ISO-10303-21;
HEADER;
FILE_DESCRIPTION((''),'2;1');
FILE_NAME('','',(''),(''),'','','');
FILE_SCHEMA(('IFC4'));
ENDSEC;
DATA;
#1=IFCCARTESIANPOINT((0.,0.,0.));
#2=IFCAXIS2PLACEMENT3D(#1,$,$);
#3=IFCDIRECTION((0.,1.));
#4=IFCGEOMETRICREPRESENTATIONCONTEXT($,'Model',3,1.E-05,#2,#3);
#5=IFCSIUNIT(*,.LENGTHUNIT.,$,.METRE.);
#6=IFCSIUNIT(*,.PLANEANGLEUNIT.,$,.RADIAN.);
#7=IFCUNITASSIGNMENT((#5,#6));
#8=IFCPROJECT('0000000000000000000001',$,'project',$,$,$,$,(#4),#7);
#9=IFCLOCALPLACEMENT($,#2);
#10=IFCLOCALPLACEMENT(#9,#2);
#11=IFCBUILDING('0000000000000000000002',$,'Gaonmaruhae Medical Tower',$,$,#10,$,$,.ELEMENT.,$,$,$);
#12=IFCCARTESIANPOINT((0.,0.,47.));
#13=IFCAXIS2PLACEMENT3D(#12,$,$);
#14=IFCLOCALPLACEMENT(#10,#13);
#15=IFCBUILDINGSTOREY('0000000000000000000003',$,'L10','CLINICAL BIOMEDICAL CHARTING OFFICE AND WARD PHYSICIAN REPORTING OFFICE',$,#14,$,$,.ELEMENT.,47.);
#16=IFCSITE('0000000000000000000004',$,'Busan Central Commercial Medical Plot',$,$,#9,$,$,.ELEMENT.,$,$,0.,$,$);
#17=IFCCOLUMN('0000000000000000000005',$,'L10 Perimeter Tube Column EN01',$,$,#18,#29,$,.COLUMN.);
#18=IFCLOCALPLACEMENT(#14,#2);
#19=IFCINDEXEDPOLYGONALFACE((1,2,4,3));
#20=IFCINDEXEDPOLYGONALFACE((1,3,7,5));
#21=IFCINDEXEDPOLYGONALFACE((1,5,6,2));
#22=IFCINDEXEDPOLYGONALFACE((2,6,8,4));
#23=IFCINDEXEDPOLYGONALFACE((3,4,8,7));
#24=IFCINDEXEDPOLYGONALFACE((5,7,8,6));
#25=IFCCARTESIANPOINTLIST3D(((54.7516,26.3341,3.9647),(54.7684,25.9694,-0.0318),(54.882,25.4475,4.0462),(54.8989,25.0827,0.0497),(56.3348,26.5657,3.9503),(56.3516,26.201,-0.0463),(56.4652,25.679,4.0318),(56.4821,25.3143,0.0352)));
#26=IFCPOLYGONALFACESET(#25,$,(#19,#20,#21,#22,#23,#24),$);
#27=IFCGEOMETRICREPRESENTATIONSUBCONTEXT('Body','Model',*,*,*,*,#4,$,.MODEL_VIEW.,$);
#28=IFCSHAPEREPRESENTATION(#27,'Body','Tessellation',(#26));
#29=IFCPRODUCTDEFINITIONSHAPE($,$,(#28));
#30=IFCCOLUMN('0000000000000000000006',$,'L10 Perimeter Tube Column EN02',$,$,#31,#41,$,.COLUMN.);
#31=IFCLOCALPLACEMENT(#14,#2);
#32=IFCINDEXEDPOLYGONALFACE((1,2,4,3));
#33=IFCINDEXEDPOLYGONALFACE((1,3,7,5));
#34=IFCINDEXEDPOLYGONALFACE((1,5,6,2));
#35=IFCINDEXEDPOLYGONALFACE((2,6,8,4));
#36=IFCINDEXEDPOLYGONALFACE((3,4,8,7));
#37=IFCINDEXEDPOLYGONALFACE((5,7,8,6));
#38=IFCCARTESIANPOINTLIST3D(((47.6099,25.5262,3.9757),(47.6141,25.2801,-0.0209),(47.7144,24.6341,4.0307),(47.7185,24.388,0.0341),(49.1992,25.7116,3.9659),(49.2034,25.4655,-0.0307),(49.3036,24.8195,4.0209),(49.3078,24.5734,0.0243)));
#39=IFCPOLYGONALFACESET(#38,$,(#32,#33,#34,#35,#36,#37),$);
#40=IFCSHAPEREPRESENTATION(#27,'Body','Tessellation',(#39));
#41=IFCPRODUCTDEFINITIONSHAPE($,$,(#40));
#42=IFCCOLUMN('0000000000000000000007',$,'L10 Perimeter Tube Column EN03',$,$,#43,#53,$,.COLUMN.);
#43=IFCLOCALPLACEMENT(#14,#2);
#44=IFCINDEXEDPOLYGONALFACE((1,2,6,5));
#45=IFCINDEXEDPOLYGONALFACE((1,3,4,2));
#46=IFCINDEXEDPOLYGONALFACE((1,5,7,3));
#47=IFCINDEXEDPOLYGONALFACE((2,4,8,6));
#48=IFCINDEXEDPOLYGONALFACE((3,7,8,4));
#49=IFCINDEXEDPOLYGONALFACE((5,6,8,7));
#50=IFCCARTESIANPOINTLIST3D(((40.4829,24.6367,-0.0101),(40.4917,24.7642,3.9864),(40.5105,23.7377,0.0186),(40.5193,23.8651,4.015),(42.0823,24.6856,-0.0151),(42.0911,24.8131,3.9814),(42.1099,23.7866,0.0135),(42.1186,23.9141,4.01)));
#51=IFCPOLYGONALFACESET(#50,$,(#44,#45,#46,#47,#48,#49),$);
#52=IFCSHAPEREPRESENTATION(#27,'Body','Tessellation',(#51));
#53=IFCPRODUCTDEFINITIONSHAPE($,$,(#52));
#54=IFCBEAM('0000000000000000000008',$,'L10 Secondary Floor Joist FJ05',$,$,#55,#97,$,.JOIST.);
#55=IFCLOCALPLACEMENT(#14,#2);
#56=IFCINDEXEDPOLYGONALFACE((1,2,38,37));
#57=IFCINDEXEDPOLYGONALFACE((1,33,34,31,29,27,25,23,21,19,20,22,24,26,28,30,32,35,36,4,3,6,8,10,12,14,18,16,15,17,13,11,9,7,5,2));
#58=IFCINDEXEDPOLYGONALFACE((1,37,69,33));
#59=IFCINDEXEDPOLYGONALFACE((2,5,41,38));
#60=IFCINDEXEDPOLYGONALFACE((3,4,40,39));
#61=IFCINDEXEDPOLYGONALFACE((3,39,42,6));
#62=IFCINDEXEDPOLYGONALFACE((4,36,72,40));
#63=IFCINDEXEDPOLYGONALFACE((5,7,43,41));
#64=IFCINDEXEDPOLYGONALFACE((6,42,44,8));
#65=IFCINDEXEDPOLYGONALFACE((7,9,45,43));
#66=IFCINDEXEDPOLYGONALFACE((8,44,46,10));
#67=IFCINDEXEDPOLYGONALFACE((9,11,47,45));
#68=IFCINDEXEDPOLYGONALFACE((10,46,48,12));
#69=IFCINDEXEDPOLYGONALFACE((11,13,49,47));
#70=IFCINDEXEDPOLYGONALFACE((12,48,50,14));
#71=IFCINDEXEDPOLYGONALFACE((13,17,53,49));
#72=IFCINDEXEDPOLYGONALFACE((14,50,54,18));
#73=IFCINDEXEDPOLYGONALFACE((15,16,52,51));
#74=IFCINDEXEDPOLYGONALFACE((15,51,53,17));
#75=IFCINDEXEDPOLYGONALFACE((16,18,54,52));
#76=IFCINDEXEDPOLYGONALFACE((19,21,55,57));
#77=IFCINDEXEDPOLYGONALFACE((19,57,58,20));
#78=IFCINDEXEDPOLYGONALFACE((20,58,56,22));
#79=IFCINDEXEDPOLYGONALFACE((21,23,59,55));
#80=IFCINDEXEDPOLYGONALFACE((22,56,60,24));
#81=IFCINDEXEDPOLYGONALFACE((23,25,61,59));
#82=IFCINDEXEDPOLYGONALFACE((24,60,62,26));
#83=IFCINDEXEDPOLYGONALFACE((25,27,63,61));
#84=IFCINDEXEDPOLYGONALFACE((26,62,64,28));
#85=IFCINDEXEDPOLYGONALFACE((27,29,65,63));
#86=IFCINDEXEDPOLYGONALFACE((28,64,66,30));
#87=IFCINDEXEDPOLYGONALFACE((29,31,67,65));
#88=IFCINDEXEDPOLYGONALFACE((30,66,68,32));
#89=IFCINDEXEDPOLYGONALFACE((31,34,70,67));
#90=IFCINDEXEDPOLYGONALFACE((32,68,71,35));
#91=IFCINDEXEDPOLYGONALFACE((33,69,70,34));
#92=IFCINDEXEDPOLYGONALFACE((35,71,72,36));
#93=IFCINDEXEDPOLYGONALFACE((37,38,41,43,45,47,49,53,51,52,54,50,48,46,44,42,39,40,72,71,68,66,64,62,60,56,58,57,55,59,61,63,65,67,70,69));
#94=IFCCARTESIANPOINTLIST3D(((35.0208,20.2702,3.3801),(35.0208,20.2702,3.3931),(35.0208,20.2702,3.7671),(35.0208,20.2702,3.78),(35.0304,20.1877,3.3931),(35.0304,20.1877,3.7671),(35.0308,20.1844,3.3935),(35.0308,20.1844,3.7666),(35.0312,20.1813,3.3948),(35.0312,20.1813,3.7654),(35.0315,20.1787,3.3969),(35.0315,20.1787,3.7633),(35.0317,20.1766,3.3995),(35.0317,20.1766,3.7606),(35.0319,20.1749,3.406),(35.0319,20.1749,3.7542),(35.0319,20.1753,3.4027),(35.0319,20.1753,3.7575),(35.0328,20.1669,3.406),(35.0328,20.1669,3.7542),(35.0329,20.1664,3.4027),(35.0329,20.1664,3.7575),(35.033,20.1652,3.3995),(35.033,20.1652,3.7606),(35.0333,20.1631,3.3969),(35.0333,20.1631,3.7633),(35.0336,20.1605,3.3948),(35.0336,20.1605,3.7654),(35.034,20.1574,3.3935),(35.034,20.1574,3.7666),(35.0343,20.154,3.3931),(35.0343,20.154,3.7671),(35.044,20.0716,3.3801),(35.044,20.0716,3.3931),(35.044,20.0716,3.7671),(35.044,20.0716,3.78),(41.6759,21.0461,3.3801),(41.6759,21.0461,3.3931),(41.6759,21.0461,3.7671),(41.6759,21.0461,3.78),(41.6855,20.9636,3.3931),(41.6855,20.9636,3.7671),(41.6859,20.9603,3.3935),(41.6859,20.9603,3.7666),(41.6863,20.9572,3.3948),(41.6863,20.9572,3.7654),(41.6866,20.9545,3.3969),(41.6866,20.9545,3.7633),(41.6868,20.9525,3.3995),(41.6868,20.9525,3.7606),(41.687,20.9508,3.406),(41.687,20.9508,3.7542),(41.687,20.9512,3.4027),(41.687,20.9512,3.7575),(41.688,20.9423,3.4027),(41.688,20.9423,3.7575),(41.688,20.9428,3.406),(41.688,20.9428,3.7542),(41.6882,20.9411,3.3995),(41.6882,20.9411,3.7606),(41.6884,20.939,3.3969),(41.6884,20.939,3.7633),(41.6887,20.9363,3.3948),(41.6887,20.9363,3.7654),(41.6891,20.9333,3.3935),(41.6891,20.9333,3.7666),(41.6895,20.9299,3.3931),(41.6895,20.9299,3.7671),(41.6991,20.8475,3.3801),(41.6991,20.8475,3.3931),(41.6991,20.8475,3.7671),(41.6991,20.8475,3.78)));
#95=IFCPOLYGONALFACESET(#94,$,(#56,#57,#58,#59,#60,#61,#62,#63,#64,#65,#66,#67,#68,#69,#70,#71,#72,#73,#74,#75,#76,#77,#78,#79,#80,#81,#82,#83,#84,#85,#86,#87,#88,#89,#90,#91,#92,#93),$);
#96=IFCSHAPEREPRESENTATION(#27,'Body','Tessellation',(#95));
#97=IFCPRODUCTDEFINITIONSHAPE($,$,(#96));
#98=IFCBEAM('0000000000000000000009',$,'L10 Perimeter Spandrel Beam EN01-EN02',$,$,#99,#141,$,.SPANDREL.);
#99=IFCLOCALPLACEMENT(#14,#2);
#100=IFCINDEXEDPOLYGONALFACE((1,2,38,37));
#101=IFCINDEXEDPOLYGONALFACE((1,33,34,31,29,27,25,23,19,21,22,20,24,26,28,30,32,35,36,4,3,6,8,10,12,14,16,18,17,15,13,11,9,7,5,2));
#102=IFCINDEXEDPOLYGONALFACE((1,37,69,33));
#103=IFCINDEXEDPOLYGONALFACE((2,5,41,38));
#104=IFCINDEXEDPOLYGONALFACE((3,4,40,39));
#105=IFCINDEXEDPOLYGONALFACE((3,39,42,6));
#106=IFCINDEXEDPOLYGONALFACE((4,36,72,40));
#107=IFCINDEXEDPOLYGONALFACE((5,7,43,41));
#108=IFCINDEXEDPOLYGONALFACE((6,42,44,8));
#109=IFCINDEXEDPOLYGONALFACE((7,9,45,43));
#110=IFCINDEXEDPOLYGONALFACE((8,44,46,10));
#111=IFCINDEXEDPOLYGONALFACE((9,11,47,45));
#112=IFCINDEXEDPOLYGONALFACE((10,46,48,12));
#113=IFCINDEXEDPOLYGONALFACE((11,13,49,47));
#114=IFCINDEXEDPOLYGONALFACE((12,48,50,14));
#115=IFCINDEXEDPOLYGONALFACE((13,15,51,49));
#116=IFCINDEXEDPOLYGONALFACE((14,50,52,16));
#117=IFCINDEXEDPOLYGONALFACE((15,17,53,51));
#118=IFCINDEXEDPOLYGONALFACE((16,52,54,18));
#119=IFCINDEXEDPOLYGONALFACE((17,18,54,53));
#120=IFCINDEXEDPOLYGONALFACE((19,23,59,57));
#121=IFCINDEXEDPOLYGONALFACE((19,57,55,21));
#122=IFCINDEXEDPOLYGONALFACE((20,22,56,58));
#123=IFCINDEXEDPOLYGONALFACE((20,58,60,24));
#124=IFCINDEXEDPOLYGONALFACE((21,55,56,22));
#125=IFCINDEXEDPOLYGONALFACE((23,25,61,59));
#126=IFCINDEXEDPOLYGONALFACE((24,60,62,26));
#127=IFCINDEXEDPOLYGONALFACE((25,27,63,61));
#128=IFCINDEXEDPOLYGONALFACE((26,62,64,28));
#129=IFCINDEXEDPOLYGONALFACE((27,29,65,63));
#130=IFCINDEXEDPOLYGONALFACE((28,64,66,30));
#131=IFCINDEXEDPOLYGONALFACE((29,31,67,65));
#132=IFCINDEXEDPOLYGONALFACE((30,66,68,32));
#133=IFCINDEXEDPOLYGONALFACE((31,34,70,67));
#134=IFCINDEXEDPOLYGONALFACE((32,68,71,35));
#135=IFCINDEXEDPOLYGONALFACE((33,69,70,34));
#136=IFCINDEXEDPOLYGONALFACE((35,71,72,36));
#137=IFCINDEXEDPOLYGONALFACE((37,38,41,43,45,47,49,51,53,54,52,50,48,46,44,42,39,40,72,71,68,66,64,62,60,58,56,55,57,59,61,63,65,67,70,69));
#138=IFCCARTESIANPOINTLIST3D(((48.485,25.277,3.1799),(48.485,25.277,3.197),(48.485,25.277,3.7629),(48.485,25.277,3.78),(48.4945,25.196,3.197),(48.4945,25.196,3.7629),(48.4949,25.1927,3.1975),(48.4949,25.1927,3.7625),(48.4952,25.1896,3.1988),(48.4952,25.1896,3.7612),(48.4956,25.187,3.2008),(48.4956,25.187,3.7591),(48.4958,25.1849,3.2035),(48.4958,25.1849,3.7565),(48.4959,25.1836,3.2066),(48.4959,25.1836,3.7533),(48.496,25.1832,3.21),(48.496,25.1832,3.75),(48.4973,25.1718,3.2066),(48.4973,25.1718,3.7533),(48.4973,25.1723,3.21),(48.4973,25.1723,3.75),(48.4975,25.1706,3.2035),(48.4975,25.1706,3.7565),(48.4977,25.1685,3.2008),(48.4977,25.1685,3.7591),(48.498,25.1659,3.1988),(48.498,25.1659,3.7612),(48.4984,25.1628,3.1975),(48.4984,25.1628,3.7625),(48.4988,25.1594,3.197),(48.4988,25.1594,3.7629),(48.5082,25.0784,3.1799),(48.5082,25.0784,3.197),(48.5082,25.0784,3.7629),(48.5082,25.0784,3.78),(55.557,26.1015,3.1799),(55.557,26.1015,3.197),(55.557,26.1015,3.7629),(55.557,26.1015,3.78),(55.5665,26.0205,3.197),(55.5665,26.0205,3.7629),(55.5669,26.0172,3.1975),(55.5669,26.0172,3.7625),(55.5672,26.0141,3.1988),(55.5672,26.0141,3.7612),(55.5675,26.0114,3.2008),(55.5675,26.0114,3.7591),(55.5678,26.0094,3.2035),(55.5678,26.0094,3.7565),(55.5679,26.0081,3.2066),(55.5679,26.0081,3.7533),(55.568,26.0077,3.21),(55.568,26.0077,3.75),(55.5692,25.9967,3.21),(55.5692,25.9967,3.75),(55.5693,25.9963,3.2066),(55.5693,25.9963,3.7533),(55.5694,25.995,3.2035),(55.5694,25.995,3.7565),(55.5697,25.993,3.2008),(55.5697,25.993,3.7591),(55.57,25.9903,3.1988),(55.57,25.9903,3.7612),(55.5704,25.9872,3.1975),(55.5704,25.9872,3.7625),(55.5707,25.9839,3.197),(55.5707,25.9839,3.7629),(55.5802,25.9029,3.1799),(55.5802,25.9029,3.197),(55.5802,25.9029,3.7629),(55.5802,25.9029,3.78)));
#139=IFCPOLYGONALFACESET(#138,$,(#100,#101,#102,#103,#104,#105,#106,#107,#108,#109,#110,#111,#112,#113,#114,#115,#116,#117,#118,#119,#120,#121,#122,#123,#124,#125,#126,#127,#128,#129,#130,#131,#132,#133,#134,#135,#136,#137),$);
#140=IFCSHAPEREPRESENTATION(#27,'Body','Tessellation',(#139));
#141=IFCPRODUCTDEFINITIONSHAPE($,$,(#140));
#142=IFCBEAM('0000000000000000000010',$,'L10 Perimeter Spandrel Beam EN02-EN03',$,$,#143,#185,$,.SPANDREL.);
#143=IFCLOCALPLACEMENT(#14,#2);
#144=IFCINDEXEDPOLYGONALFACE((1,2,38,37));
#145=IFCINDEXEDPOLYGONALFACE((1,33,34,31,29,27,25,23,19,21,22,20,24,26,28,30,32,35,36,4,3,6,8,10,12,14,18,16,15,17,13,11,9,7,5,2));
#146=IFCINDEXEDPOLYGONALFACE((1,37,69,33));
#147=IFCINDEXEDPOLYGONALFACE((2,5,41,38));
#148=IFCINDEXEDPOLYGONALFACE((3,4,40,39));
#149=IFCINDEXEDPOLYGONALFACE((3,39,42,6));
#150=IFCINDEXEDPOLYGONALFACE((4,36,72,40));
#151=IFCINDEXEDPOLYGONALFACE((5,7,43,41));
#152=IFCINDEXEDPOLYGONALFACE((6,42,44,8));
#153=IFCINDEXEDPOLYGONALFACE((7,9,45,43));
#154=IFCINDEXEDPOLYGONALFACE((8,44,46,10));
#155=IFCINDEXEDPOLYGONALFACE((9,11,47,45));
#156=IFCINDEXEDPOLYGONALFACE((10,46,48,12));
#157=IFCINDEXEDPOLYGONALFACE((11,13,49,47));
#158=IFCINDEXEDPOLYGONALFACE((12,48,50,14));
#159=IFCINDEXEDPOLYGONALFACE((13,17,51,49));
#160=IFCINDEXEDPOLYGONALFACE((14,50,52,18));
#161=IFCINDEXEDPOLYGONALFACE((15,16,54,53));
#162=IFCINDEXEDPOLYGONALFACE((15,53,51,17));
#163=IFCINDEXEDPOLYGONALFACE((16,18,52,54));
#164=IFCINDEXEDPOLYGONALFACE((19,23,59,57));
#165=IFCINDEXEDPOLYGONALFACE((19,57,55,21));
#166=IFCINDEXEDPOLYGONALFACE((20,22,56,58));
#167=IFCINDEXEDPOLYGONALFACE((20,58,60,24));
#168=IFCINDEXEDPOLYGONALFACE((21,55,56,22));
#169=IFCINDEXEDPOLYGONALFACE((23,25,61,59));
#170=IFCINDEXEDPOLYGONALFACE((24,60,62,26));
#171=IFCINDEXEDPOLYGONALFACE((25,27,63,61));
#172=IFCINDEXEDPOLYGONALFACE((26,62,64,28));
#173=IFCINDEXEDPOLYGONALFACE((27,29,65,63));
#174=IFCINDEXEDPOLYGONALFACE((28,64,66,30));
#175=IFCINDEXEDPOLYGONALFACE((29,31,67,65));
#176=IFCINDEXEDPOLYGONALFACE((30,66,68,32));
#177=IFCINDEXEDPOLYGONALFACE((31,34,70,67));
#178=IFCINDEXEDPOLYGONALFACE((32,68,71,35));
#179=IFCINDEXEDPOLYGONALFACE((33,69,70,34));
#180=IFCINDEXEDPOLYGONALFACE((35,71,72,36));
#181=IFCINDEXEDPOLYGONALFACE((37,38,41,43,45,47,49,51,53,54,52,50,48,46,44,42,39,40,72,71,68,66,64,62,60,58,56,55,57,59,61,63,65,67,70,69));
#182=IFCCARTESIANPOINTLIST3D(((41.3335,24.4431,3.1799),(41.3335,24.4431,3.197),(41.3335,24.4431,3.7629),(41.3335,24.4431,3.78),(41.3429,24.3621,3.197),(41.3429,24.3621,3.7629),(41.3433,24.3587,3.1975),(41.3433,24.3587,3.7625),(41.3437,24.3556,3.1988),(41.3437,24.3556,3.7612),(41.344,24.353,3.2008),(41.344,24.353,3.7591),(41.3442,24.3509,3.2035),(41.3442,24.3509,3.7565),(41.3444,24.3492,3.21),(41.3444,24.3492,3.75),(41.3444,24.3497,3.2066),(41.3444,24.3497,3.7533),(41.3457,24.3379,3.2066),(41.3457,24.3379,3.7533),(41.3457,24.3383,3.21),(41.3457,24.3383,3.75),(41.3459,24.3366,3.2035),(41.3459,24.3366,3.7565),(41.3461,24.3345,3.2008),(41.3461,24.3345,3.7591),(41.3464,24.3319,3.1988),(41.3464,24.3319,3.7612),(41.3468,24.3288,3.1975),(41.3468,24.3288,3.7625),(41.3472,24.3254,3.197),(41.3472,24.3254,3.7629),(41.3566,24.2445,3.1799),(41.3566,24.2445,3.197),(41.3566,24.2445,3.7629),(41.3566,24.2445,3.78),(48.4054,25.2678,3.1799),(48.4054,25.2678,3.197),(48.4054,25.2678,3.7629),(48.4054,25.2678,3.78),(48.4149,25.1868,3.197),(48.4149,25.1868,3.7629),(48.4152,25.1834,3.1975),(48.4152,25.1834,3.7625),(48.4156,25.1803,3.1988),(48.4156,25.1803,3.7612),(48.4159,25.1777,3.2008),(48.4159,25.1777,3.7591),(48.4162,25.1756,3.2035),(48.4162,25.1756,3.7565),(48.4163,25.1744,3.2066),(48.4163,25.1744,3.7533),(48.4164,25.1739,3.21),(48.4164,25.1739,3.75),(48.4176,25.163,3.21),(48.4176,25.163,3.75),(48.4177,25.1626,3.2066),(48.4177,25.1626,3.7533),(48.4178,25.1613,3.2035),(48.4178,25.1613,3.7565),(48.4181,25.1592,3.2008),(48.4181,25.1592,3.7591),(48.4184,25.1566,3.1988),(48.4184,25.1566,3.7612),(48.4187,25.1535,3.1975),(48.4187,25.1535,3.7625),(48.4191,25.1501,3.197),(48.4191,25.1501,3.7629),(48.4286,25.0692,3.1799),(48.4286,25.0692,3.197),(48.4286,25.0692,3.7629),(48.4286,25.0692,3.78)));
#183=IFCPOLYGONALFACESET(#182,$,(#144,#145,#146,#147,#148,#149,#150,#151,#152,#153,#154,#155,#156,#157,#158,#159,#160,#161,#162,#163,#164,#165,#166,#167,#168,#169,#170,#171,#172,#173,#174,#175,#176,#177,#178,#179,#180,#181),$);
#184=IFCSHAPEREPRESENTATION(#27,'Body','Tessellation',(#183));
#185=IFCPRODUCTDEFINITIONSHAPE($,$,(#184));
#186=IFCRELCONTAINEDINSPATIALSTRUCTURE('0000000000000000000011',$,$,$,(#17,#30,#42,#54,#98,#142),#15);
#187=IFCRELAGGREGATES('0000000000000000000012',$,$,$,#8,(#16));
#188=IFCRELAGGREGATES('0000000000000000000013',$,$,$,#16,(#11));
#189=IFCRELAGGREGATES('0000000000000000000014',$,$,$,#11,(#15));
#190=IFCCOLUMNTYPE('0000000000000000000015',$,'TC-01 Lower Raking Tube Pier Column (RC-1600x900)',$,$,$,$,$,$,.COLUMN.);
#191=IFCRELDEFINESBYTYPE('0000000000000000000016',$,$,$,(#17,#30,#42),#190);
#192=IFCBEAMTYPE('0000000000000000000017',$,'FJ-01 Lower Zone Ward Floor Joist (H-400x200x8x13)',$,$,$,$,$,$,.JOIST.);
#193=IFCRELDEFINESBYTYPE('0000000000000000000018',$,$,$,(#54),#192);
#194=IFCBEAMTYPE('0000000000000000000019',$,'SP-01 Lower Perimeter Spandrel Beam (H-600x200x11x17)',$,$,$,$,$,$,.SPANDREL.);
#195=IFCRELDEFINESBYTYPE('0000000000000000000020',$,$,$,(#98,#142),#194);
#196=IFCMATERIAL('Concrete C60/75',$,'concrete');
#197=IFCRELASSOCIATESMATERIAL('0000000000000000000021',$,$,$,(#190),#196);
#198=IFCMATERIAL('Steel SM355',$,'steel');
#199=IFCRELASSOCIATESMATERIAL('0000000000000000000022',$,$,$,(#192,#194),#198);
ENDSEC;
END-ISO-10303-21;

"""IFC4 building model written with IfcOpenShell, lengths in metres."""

from ifc_helpers import new_model, si_unit, direction, frame, origin, origin_2d, place, context, subcontext, project, spatial, rectangle, i_section, extrude, material, material_profile, profile_set, type_object, element, save


model = new_model("IFC4")

# Units and contexts
model_context = context("Model", 3, precision=1e-05, world=origin(), true_north=direction((0.0, 1.0)))
body_context = subcontext(model_context, "Body", "Model", "MODEL_VIEW")
ifc_project = project(units=[si_unit("LENGTHUNIT", "METRE"), si_unit("PLANEANGLEUNIT", "RADIAN")], contexts=[model_context])

# Site, building, storey
site_placement = place(None, origin())
site = spatial("IfcSite", under=ifc_project, at=site_placement, Name="Busan Central Commercial Medical Plot", CompositionType="ELEMENT", RefElevation=0.0)
building_placement = place(site_placement, origin())
building = spatial("IfcBuilding", under=site, at=building_placement, Name="Gaonmaruhae Medical Tower", CompositionType="ELEMENT")
storey_placement = place(building_placement, frame((0.0, 0.0, 47.0)))
storey = spatial("IfcBuildingStorey", under=building, at=storey_placement, Name="L10", Description="CLINICAL BIOMEDICAL CHARTING OFFICE AND WARD PHYSICIAN REPORTING OFFICE", CompositionType="ELEMENT", Elevation=47.0)

# Columns
ifc_material_1 = material(Name="Concrete C60/75", Category="concrete")
ifc_material_profile_1 = material_profile(ifc_material_1, rectangle(XDim=1.6001, YDim=0.8999, at=origin_2d()), Name="RC-1600x900")
ifc_profile_set_1 = profile_set([ifc_material_profile_1], Name="Concrete C60/75")
column_type = type_object("IfcColumnType", Name="TC-01 Lower Raking Tube Pier Column (RC-1600x900)", PredefinedType="COLUMN", material=ifc_profile_set_1)
column_1_placement = place(storey_placement, frame((55.6252, 25.6418, 0.0017), z_axis=(-0.004198, 0.090886, 0.995852), x_axis=(-0.989433, -0.14471, 0.009036)))
element("IfcColumn", 1, at=column_1_placement, inside=storey, type_object=column_type, Name="L10 Perimeter Tube Column EN01", PredefinedType="COLUMN", context=body_context, shape_type="SweptSolid", body=[
    extrude(rectangle(XDim=1.6001, YDim=0.8999, at=origin_2d()), origin(), (0.0, 0.0, 1.0), 4.0132),
])
column_2_placement = place(storey_placement, frame((48.4609, 24.9268, 0.0017), z_axis=(-0.001037, 0.06146, 0.998109), x_axis=(-0.993242, -0.115897, 0.006105)))
element("IfcColumn", 2, at=column_2_placement, inside=storey, type_object=column_type, Name="L10 Perimeter Tube Column EN02", PredefinedType="COLUMN", context=body_context, shape_type="SweptSolid", body=[
    extrude(rectangle(XDim=1.6001, YDim=0.8999, at=origin_2d()), origin(), (0.0, 0.0, 1.0), 4.0042),
])
column_3_placement = place(storey_placement, frame((41.2964, 24.2117, 0.0017), z_axis=(0.002198, 0.031871, 0.99949), x_axis=(-0.999528, -0.030572, 0.003173)))
element("IfcColumn", 3, at=column_3_placement, inside=storey, type_object=column_type, Name="L10 Perimeter Tube Column EN03", PredefinedType="COLUMN", context=body_context, shape_type="SweptSolid", body=[
    extrude(rectangle(XDim=1.6001, YDim=0.8999, at=origin_2d()), origin(), (0.0, 0.0, 1.0), 3.9985),
])

# Beams
ifc_material_2 = material(Name="Steel SM355", Category="steel")
ifc_material_profile_2 = material_profile(ifc_material_2, i_section(OverallWidth=0.2, OverallDepth=0.3999, WebThickness=0.0081, FlangeThickness=0.0129, FilletRadius=0.0129, at=origin_2d()), Name="H-400x200x8x13")
ifc_profile_set_2 = profile_set([ifc_material_profile_2], Name="Steel SM355")
beam_type_1 = type_object("IfcBeamType", Name="FJ-01 Lower Zone Ward Floor Joist (H-400x200x8x13)", PredefinedType="JOIST", material=ifc_profile_set_2)
beam_placement = place(storey_placement, frame((41.6875, 20.9468, 3.5801), z_axis=(-0.993272, -0.115801, 0.0), x_axis=(0.115801, -0.993272, 0.0)))
element("IfcBeam", 4, at=beam_placement, inside=storey, type_object=beam_type_1, Name="L10 Secondary Floor Joist FJ05", PredefinedType="JOIST", context=body_context, shape_type="SweptSolid", body=[
    extrude(i_section(OverallWidth=0.2, OverallDepth=0.3999, WebThickness=0.0081, FlangeThickness=0.0129, FilletRadius=0.0129, at=origin_2d()), origin(), (0.0, 0.0, 1.0), 6.7002),
])
ifc_material_profile_3 = material_profile(ifc_material_2, i_section(OverallWidth=0.2, OverallDepth=0.6001, WebThickness=0.011, FlangeThickness=0.0171, FilletRadius=0.0129, at=origin_2d()), Name="H-600x200x11x17")
ifc_profile_set_3 = profile_set([ifc_material_profile_3], Name="Steel SM355")
beam_type_2 = type_object("IfcBeamType", Name="SP-01 Lower Perimeter Spandrel Beam (H-600x200x11x17)", PredefinedType="SPANDREL", material=ifc_profile_set_3)
for number, where, z_axis, x_axis, name in (
    (5, (55.5686, 26.0022, 3.48), (-0.993273, -0.115797, 0.0), (0.115797, -0.993273, 0.0), "L10 Perimeter Spandrel Beam EN01-EN02"),
    (6, (48.417, 25.1685, 3.48), (-0.993269, -0.115831, 0.0), (0.115831, -0.993269, 0.0), "L10 Perimeter Spandrel Beam EN02-EN03"),
):
    element("IfcBeam", number, at=place(storey_placement, frame(where, z_axis=z_axis, x_axis=x_axis)), inside=storey, type_object=beam_type_2, Name=name, PredefinedType="SPANDREL", context=body_context, shape_type="SweptSolid", body=[
        extrude(i_section(OverallWidth=0.2, OverallDepth=0.6001, WebThickness=0.011, FlangeThickness=0.0171, FilletRadius=0.0129, at=origin_2d()), origin(), (0.0, 0.0, 1.0), 7.1199),
    ])

save(model, "model.ifc")
